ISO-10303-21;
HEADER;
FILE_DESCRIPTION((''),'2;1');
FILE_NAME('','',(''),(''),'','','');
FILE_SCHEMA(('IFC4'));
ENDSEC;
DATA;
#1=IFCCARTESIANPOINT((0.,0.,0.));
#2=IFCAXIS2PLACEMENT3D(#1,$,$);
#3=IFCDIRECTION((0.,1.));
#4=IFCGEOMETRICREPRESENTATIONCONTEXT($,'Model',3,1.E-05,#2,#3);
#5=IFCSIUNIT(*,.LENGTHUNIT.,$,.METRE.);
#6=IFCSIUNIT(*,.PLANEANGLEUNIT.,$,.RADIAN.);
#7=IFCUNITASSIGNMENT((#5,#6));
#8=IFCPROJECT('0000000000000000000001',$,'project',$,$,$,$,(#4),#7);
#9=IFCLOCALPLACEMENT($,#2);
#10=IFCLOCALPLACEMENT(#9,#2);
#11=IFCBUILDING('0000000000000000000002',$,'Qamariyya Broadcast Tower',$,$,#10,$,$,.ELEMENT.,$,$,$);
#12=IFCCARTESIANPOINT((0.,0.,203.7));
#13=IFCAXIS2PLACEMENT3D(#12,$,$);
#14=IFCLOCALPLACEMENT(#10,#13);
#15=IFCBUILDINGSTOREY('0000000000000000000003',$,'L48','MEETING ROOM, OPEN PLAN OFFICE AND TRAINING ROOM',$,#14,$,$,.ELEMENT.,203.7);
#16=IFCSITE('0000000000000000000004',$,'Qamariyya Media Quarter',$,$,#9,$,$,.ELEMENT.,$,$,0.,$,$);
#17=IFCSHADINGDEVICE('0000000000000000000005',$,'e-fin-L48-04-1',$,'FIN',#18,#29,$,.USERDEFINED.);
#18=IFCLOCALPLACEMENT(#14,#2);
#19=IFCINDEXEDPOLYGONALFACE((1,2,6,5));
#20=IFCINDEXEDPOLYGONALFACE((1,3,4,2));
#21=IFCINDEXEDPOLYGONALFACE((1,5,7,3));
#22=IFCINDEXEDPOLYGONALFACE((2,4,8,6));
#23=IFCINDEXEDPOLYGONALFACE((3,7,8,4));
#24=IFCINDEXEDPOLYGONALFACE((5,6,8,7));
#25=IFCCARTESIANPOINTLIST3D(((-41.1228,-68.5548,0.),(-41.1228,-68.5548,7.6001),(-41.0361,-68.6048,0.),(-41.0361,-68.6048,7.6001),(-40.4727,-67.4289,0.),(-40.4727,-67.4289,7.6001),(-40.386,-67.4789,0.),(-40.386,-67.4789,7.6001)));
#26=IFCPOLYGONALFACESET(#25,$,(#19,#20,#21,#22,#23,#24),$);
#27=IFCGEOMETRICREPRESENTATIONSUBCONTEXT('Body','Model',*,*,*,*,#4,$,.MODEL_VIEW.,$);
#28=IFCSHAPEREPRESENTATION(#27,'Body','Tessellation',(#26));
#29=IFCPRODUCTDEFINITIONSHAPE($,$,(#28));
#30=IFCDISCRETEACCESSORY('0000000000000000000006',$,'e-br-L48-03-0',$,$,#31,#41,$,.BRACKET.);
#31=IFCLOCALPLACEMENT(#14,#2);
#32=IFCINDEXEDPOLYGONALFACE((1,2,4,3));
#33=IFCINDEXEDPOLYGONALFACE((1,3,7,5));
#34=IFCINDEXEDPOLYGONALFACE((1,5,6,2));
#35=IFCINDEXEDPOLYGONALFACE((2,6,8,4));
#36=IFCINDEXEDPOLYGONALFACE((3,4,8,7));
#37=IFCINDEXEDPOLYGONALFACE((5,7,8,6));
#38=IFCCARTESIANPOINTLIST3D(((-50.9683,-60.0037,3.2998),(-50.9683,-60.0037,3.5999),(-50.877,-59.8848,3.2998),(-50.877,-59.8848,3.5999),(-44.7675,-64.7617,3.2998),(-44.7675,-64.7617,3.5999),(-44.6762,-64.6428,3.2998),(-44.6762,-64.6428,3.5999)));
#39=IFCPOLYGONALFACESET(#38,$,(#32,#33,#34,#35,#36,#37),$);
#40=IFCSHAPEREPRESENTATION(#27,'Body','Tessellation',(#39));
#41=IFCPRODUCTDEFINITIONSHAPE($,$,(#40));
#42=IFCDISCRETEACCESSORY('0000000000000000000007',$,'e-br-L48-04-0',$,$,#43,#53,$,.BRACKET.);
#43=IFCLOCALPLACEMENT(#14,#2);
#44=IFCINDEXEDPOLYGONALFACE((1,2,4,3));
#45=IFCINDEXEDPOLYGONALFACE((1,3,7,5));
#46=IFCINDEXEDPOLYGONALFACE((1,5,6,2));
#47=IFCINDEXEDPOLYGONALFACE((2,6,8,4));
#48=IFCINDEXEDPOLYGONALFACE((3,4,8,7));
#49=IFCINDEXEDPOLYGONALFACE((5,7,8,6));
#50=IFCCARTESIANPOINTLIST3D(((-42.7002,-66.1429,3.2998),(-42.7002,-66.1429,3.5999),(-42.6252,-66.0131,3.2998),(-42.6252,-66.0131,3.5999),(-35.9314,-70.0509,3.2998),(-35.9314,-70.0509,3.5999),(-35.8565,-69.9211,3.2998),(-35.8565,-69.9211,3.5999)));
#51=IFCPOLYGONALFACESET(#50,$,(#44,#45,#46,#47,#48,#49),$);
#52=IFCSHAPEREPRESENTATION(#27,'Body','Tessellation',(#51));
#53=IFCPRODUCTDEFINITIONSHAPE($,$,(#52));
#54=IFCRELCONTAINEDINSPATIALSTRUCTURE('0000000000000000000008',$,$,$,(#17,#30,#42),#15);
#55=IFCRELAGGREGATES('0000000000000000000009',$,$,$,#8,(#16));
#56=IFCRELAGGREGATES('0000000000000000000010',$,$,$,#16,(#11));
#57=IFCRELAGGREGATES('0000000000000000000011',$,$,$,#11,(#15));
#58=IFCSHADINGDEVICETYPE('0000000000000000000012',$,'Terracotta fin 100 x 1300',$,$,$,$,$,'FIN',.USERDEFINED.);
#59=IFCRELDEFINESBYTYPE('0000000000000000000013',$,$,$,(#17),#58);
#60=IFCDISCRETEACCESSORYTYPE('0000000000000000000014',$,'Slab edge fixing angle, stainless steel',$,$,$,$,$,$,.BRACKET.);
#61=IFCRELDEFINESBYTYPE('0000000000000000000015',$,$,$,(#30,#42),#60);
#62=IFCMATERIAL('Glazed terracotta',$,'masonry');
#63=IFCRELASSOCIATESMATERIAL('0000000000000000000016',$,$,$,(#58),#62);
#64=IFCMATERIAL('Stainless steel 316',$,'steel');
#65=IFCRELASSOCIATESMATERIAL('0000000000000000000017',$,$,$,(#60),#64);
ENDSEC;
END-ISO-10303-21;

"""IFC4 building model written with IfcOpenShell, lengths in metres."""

from ifc_helpers import new_model, si_unit, direction, frame, origin, origin_2d, place, context, subcontext, project, spatial, rectangle, extrude, material, material_profile, profile_set, type_object, element, save


model = new_model("IFC4")

# Units and contexts
model_context = context("Model", 3, precision=1e-05, world=origin(), true_north=direction((0.0, 1.0)))
body_context = subcontext(model_context, "Body", "Model", "MODEL_VIEW")
ifc_project = project(units=[si_unit("LENGTHUNIT", "METRE"), si_unit("PLANEANGLEUNIT", "RADIAN")], contexts=[model_context])

# Site, building, storey
site_placement = place(None, origin())
site = spatial("IfcSite", under=ifc_project, at=site_placement, Name="Qamariyya Media Quarter", CompositionType="ELEMENT", RefElevation=0.0)
building_placement = place(site_placement, origin())
building = spatial("IfcBuilding", under=site, at=building_placement, Name="Qamariyya Broadcast Tower", CompositionType="ELEMENT")
storey_placement = place(building_placement, frame((0.0, 0.0, 203.7)))
storey = spatial("IfcBuildingStorey", under=building, at=storey_placement, Name="L48", Description="MEETING ROOM, OPEN PLAN OFFICE AND TRAINING ROOM", CompositionType="ELEMENT", Elevation=203.7)

# Shading device
ifc_material_1 = material(Name="Glazed terracotta", Category="masonry")
ifc_material_profile_1 = material_profile(ifc_material_1, rectangle(XDim=1.3, YDim=0.1001, at=origin_2d()))
ifc_profile_set_1 = profile_set([ifc_material_profile_1], Name="Glazed terracotta")
shading_device_type_1 = type_object("IfcShadingDeviceType", Name="Terracotta fin 100 x 1300", ElementType="FIN", PredefinedType="USERDEFINED", material=ifc_profile_set_1)
for number, where, z_axis, x_axis, name in (
    (1, (-40.7544, -68.0168, 0.0), (0.0, 0.0, 1.0), (-0.5, -0.866025, 0.0), "e-fin-L48-04-1"),
):
    element("IfcShadingDevice", number, at=place(storey_placement, frame(where, z_axis=z_axis, x_axis=x_axis)), inside=storey, type_object=shading_device_type_1, Name=name, ObjectType="FIN", PredefinedType="USERDEFINED", context=body_context, shape_type="SweptSolid", body=[
        extrude(rectangle(XDim=1.3, YDim=0.1001, at=origin_2d()), origin(), (0.0, 0.0, 1.0), 7.6001),
    ])

# Discrete accessories
ifc_material_2 = material(Name="Stainless steel 316", Category="steel")
discrete_accessory_type = type_object("IfcDiscreteAccessoryType", Name="Slab edge fixing angle, stainless steel", PredefinedType="BRACKET", material=ifc_material_2)
for number, where, z_axis, x_axis, name in (
    (2, (-47.8223, -62.3232, 3.2998), (0.0, 0.0, 1.0), (0.793353, -0.608761, 0.0), "e-br-L48-03-0"),
    (3, (-39.2783, -68.032, 3.2998), (0.0, 0.0, 1.0), (0.866025, -0.5, 0.0), "e-br-L48-04-0"),
):
    element("IfcDiscreteAccessory", number, at=place(storey_placement, frame(where, z_axis=z_axis, x_axis=x_axis)), inside=storey, type_object=discrete_accessory_type, Name=name, PredefinedType="BRACKET", context=body_context, shape_type="SweptSolid", body=[
        extrude(rectangle(XDim=7.8159, YDim=0.1499, at=origin_2d()), origin(), (0.0, 0.0, 1.0), 0.3),
    ])

save(model, "model.ifc")
